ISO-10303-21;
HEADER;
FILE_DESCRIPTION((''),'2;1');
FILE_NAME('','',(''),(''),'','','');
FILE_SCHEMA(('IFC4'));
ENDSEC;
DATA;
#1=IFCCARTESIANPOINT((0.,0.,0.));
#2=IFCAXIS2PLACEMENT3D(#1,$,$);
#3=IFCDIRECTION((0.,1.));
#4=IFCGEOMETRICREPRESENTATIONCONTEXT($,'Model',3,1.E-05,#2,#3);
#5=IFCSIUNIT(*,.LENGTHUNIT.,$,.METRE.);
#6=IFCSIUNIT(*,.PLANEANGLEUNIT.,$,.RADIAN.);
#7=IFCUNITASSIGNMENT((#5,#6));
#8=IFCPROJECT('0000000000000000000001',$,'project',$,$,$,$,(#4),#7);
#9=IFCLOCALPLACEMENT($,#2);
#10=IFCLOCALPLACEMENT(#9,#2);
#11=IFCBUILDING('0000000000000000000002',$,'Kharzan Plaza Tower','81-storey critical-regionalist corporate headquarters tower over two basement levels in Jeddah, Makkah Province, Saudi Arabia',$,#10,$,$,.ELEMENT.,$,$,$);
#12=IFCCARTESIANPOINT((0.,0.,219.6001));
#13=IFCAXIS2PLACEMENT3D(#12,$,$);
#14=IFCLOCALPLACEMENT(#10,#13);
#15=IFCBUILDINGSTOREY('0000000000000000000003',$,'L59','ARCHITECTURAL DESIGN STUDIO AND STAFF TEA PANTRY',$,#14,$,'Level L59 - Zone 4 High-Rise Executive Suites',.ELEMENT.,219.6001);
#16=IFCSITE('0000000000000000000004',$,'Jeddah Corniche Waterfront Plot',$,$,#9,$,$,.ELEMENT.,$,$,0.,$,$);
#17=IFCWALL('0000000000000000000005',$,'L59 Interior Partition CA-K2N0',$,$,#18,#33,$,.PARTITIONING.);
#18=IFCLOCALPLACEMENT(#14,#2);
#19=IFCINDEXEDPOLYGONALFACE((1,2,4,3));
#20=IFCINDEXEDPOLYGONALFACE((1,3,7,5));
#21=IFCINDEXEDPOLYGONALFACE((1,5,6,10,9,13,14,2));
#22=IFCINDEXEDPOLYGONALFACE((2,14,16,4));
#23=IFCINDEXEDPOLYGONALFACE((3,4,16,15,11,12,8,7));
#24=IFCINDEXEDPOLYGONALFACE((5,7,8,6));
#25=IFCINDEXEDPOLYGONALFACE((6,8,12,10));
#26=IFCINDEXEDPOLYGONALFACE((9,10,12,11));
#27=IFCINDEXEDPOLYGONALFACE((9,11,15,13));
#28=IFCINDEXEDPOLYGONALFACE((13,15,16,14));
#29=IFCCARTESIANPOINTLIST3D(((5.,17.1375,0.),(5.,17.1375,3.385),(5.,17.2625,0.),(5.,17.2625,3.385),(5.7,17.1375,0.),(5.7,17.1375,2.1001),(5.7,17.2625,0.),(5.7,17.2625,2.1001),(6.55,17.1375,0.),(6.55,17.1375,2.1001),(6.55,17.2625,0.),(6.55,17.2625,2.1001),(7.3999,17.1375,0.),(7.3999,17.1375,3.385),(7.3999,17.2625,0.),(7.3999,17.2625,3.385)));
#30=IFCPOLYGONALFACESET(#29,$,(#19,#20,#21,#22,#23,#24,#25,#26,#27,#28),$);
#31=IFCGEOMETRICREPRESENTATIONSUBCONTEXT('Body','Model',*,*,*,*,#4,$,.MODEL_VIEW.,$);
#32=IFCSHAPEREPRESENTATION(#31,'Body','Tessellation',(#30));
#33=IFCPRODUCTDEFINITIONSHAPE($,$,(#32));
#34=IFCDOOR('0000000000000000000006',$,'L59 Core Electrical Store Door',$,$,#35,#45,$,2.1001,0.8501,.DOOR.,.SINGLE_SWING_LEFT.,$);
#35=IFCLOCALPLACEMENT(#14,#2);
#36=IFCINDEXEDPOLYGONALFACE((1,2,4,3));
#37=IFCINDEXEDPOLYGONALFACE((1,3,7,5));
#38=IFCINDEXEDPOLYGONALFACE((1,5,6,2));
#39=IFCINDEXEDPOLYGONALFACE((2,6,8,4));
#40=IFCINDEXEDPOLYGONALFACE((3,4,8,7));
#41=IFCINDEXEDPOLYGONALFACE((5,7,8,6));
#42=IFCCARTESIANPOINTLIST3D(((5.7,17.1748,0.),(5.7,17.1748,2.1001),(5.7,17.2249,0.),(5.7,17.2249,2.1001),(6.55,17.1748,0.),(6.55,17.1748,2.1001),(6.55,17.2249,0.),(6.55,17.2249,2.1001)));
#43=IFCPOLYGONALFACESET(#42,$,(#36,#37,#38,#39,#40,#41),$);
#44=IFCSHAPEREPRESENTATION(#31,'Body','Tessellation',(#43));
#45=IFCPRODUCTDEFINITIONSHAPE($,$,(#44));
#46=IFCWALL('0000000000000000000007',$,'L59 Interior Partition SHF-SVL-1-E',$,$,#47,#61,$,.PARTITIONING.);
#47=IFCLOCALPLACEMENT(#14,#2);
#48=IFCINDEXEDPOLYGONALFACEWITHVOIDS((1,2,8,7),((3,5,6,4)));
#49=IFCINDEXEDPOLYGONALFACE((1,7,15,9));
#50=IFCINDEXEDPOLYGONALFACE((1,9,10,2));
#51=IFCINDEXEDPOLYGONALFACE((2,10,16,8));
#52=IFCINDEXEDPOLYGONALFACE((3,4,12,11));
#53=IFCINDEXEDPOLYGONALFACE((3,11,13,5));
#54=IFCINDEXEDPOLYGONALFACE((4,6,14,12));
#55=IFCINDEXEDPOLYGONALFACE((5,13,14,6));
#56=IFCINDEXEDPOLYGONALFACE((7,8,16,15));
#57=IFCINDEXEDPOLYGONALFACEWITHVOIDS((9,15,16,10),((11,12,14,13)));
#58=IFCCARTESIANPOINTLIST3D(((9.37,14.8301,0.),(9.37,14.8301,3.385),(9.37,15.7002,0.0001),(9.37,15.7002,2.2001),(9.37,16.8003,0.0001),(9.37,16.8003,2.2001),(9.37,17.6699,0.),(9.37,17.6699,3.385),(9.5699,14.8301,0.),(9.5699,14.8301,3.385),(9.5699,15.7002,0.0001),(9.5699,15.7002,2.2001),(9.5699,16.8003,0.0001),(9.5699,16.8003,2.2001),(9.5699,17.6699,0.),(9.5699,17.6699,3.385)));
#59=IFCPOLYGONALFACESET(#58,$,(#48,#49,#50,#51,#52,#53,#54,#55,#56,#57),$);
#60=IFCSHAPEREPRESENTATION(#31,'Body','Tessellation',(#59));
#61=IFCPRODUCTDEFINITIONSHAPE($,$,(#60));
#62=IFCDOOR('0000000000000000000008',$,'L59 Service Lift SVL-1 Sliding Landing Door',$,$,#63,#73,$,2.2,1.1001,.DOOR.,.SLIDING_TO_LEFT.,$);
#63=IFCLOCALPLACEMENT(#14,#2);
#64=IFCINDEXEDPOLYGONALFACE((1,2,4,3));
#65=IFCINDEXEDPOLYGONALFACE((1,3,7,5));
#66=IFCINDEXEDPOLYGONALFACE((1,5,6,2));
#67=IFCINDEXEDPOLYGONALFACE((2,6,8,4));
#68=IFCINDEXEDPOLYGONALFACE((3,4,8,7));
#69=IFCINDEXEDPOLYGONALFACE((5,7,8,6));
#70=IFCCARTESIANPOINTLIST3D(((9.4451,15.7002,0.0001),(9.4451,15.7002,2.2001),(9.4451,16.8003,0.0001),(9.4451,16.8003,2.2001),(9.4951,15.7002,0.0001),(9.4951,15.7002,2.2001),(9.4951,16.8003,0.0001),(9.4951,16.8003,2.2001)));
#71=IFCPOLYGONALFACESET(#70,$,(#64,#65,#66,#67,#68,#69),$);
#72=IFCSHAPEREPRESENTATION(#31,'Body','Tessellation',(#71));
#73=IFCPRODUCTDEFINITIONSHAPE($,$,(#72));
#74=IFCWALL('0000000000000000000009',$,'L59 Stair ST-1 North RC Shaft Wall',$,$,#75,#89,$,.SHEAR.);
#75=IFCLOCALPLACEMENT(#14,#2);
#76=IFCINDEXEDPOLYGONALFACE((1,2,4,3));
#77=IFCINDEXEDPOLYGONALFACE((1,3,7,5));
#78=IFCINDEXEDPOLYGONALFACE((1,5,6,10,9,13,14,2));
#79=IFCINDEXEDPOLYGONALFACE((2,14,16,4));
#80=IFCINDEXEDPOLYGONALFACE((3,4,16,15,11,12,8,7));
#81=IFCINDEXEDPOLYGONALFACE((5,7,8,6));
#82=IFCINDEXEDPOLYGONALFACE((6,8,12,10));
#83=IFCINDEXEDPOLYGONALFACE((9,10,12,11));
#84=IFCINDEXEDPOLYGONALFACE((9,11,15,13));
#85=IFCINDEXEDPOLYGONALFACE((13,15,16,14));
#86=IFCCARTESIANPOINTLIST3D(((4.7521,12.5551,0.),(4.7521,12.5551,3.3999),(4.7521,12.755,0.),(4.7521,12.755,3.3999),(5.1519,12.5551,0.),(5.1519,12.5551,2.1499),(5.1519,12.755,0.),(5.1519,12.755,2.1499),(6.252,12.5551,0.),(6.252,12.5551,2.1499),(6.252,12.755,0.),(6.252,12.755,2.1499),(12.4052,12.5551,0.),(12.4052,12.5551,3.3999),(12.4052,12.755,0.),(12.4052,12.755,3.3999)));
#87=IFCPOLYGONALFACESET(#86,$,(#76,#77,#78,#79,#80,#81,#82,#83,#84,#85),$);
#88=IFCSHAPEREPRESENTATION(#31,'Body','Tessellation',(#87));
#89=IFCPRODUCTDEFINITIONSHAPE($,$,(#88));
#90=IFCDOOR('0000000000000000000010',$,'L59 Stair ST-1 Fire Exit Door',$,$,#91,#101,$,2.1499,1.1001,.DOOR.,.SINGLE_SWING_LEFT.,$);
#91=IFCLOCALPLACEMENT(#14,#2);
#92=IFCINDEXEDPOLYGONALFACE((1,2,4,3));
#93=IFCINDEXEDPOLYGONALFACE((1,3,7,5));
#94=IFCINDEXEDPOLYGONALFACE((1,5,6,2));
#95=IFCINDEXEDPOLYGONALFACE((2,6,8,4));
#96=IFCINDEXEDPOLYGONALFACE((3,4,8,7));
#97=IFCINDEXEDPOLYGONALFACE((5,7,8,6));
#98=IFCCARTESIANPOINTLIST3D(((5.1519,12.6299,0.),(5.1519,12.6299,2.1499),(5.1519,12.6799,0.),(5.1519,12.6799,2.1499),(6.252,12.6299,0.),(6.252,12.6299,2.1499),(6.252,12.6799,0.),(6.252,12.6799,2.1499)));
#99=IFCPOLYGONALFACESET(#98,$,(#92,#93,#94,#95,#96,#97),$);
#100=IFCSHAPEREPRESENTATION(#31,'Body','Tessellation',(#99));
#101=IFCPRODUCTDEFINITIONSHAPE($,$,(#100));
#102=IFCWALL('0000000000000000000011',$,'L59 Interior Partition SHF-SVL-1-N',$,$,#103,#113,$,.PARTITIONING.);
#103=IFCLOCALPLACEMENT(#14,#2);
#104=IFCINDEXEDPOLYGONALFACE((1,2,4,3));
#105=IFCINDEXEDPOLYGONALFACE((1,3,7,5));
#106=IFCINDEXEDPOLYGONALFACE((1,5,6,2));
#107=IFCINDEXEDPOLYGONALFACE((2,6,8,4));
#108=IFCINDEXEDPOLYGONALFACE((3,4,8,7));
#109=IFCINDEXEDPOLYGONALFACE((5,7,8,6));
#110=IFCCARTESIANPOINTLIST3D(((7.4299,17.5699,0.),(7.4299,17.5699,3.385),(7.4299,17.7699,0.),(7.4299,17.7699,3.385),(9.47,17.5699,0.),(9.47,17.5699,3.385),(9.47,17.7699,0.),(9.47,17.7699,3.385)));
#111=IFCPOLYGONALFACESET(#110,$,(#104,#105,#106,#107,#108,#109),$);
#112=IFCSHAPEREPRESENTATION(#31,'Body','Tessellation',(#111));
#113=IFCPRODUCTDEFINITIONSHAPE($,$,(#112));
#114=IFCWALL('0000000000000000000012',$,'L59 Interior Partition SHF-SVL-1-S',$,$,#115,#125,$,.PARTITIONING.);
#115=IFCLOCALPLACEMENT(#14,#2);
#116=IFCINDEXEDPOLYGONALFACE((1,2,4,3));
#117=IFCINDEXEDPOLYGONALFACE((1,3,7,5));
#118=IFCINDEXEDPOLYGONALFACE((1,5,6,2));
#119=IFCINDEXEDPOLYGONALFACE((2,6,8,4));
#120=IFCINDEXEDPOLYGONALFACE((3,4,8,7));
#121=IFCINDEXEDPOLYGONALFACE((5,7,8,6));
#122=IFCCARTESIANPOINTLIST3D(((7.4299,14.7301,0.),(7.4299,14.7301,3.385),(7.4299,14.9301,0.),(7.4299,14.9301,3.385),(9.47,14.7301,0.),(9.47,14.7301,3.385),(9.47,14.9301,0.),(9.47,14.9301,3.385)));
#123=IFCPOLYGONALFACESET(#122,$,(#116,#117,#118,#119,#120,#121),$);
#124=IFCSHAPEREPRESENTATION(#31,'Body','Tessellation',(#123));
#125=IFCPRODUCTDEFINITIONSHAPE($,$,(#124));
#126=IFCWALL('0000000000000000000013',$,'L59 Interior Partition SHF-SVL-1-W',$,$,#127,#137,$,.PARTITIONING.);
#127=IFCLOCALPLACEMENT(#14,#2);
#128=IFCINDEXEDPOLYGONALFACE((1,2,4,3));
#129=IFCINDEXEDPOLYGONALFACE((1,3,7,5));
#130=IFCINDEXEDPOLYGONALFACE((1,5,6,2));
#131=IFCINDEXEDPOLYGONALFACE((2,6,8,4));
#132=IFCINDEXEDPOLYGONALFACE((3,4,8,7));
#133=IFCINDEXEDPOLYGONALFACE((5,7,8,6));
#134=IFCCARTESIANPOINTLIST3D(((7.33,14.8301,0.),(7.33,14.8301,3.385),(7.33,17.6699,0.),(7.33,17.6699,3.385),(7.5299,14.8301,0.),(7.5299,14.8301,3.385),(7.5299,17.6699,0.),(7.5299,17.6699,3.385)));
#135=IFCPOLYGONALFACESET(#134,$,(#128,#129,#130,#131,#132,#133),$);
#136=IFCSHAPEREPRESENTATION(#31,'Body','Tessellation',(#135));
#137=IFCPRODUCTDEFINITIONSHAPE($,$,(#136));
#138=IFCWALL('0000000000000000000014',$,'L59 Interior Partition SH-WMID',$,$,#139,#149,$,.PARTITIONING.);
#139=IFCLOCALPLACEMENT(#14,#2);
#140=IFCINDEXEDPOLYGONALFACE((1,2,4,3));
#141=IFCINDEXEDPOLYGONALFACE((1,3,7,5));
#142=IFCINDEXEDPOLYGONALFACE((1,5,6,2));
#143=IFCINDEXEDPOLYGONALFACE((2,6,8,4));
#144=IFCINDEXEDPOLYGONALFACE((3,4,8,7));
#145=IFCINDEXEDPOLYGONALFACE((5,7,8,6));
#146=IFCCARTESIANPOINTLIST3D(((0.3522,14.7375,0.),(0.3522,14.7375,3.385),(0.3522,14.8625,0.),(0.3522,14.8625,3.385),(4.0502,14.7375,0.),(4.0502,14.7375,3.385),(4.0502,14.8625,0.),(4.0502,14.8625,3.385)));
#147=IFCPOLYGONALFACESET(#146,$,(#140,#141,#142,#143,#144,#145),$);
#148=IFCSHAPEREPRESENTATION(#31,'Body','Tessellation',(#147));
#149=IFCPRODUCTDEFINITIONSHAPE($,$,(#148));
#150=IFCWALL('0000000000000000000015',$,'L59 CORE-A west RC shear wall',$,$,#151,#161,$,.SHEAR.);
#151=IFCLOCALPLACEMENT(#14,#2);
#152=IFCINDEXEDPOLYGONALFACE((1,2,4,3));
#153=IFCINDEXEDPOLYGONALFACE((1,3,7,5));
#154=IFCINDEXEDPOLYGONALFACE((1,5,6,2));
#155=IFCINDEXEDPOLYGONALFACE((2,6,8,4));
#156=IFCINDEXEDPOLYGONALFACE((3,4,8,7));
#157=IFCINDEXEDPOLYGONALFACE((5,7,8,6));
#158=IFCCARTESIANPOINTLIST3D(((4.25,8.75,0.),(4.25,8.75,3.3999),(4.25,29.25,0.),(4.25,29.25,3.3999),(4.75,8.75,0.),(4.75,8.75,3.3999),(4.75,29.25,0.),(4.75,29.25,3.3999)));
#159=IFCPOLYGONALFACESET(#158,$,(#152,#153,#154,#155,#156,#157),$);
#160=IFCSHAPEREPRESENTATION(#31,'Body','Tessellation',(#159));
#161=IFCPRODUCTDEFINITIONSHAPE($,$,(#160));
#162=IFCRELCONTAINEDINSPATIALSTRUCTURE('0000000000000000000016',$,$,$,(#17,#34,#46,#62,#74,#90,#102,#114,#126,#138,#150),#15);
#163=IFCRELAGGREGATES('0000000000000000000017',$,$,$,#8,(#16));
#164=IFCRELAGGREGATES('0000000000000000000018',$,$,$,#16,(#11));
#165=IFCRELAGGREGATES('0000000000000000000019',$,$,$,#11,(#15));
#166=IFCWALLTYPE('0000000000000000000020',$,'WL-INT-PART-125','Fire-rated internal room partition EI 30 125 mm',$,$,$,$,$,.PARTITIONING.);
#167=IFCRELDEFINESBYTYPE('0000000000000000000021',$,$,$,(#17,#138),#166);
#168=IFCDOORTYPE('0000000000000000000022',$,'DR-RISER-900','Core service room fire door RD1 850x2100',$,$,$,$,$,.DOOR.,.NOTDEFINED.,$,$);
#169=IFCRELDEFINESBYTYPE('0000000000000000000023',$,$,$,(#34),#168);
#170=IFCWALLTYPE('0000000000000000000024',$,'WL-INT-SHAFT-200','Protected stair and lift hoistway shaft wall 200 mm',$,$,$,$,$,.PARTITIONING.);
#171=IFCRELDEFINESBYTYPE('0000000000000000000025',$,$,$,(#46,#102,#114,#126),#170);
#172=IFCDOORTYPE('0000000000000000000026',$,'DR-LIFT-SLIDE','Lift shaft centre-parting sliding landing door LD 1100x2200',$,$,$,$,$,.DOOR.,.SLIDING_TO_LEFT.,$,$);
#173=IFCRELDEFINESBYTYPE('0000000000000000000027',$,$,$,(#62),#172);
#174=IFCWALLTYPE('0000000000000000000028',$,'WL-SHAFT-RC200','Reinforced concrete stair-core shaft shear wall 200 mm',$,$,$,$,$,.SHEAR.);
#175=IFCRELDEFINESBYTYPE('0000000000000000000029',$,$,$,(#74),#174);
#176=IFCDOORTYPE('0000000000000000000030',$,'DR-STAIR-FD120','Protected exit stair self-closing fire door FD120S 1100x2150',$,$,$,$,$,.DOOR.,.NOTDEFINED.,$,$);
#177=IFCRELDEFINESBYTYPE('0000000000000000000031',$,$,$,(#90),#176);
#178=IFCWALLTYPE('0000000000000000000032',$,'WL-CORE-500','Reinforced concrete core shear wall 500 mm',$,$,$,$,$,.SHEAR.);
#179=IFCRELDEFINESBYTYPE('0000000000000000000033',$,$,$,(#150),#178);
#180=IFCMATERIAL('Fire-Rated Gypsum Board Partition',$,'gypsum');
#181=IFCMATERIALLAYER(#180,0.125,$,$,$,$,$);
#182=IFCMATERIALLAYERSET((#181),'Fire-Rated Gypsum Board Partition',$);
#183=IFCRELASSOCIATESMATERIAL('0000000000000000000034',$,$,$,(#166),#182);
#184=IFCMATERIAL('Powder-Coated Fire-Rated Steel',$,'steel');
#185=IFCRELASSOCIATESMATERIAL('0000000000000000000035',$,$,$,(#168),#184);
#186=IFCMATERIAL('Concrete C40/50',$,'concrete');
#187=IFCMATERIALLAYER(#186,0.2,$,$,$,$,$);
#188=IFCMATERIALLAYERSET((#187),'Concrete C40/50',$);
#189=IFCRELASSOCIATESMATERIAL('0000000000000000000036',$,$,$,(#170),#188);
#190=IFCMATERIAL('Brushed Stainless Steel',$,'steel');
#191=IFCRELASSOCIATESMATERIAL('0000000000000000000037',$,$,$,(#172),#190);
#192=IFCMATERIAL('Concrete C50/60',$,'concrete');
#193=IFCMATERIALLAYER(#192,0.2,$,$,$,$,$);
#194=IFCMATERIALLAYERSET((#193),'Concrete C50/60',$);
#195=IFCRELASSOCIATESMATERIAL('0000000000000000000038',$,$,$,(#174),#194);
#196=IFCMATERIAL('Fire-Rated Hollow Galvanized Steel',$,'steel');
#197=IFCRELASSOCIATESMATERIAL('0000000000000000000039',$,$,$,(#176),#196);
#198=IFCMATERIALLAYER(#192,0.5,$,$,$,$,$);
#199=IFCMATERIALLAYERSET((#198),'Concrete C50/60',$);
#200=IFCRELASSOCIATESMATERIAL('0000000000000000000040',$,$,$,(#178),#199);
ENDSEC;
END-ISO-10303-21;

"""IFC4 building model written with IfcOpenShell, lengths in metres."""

from ifc_helpers import new_model, si_unit, direction, frame, frame_2d, origin, place, context, subcontext, project, spatial, rectangle, extrude, source, transform, mapped, material, layer, layer_set, type_object, element, fill, save


model = new_model("IFC4")

# Units and contexts
model_context = context("Model", 3, precision=1e-05, world=origin(), true_north=direction((0.0, 1.0)))
body_context = subcontext(model_context, "Body", "Model", "MODEL_VIEW")
ifc_project = project(units=[si_unit("LENGTHUNIT", "METRE"), si_unit("PLANEANGLEUNIT", "RADIAN")], contexts=[model_context])

# Site, building, storey
site_placement = place(None, origin())
site = spatial("IfcSite", under=ifc_project, at=site_placement, Name="Jeddah Corniche Waterfront Plot", CompositionType="ELEMENT", RefElevation=0.0)
building_placement = place(site_placement, origin())
building = spatial("IfcBuilding", under=site, at=building_placement, Name="Kharzan Plaza Tower", Description="81-storey critical-regionalist corporate headquarters tower over two basement levels in Jeddah, Makkah Province, Saudi Arabia", CompositionType="ELEMENT")
storey_placement = place(building_placement, frame((0.0, 0.0, 219.6001)))
storey = spatial("IfcBuildingStorey", under=building, at=storey_placement, Name="L59", Description="ARCHITECTURAL DESIGN STUDIO AND STAFF TEA PANTRY", LongName="Level L59 - Zone 4 High-Rise Executive Suites", CompositionType="ELEMENT", Elevation=219.6001)

# Shared definitions
ifc_material_1 = material(Name="Concrete C50/60", Category="concrete")

# Shared definitions
ifc_material_2 = material(Name="Concrete C40/50", Category="concrete")

# Walls, openings, doors
ifc_material_3 = material(Name="Fire-Rated Gypsum Board Partition", Category="gypsum")
ifc_layer_1 = layer(ifc_material_3, 0.125)
ifc_layer_set_1 = layer_set([ifc_layer_1], Name="Fire-Rated Gypsum Board Partition")
wall_type_1 = type_object("IfcWallType", Name="WL-INT-PART-125", Description="Fire-rated internal room partition EI 30 125 mm", PredefinedType="PARTITIONING", material=ifc_layer_set_1)
wall_1_placement = place(storey_placement, frame((5.0, 17.2, 0.0), z_axis=(0.0, 0.0, 1.0), x_axis=(1.0, 0.0, 0.0)))
wall_1 = element("IfcWall", 1, at=wall_1_placement, inside=storey, type_object=wall_type_1, Name="L59 Interior Partition CA-K2N0", PredefinedType="PARTITIONING", context=body_context, shape_type="SweptSolid", body=[
    extrude(rectangle(XDim=2.3999, YDim=0.125, at=frame_2d((1.2, 0.0))), origin(), (0.0, 0.0, 1.0), 3.385),
])
opening_1_placement = place(wall_1_placement, frame((0.7, 0.0, 0.0)))
opening_1 = element("IfcOpeningElement", 2, at=opening_1_placement, cuts=wall_1, PredefinedType="OPENING", context=body_context, shape_type="SweptSolid", body=[
    extrude(rectangle(XDim=0.8501, YDim=2.1001, at=frame_2d((0.425, 1.05))), frame((0.0, 0.0725, 0.0), z_axis=(0.0, -1.0, 0.0), x_axis=(1.0, 0.0, 0.0)), (0.0, 0.0, 1.0), 0.145),
])
ifc_material_4 = material(Name="Powder-Coated Fire-Rated Steel", Category="steel")
door_type_1 = type_object("IfcDoorType", Name="DR-RISER-900", Description="Core service room fire door RD1 850x2100", OperationType="NOTDEFINED", PredefinedType="DOOR", material=ifc_material_4)
shared_shape_1 = source(origin(), body_context, "Body", "SweptSolid", [
    extrude(rectangle(XDim=0.8501, YDim=2.1001, at=frame_2d((0.425, 1.05))), frame((0.0, 0.0249, 0.0), z_axis=(0.0, -1.0, 0.0), x_axis=(1.0, 0.0, 0.0)), (0.0, 0.0, 1.0), 0.05),
])
door_1_placement = place(opening_1_placement, origin())
door_1 = element("IfcDoor", 3, at=door_1_placement, inside=storey, type_object=door_type_1, Name="L59 Core Electrical Store Door", OperationType="SINGLE_SWING_LEFT", OverallHeight=2.1001, OverallWidth=0.8501, PredefinedType="DOOR", context=body_context, shape_type="MappedRepresentation", body=[
    mapped(shared_shape_1, transform((0.0, 0.0, 0.0), x_axis=(1.0, 0.0, 0.0), y_axis=(0.0, 1.0, 0.0), z_axis=(0.0, 0.0, 1.0))),
])
fill(opening_1, door_1)
ifc_layer_2 = layer(ifc_material_2, 0.2)
ifc_layer_set_2 = layer_set([ifc_layer_2], Name="Concrete C40/50")
wall_type_2 = type_object("IfcWallType", Name="WL-INT-SHAFT-200", Description="Protected stair and lift hoistway shaft wall 200 mm", PredefinedType="PARTITIONING", material=ifc_layer_set_2)
wall_2_placement = place(storey_placement, frame((9.47, 14.8301, 0.0), z_axis=(0.0, 0.0, 1.0), x_axis=(0.0, 1.0, 0.0)))
wall_2 = element("IfcWall", 4, at=wall_2_placement, inside=storey, type_object=wall_type_2, Name="L59 Interior Partition SHF-SVL-1-E", PredefinedType="PARTITIONING", context=body_context, shape_type="SweptSolid", body=[
    extrude(rectangle(XDim=2.8398, YDim=0.2, at=frame_2d((1.4199, 0.0))), origin(), (0.0, 0.0, 1.0), 3.385),
])
opening_2_placement = place(wall_2_placement, frame((0.8701, 0.0, 0.0)))
opening_2 = element("IfcOpeningElement", 5, at=opening_2_placement, cuts=wall_2, PredefinedType="OPENING", context=body_context, shape_type="SweptSolid", body=[
    extrude(rectangle(XDim=1.1001, YDim=2.2, at=frame_2d((0.55, 1.1001))), frame((0.0, 0.1099, 0.0), z_axis=(0.0, -1.0, 0.0), x_axis=(1.0, 0.0, 0.0)), (0.0, 0.0, 1.0), 0.22),
])
ifc_material_5 = material(Name="Brushed Stainless Steel", Category="steel")
door_type_2 = type_object("IfcDoorType", Name="DR-LIFT-SLIDE", Description="Lift shaft centre-parting sliding landing door LD 1100x2200", OperationType="SLIDING_TO_LEFT", PredefinedType="DOOR", material=ifc_material_5)
shared_shape_2 = source(origin(), body_context, "Body", "SweptSolid", [
    extrude(rectangle(XDim=1.1001, YDim=2.2, at=frame_2d((0.55, 1.1001))), frame((0.0, 0.0249, 0.0), z_axis=(0.0, -1.0, 0.0), x_axis=(1.0, 0.0, 0.0)), (0.0, 0.0, 1.0), 0.05),
])
door_2_placement = place(opening_2_placement, origin())
door_2 = element("IfcDoor", 6, at=door_2_placement, inside=storey, type_object=door_type_2, Name="L59 Service Lift SVL-1 Sliding Landing Door", OperationType="SLIDING_TO_LEFT", OverallHeight=2.2, OverallWidth=1.1001, PredefinedType="DOOR", context=body_context, shape_type="MappedRepresentation", body=[
    mapped(shared_shape_2, transform((0.0, 0.0, 0.0), x_axis=(1.0, 0.0, 0.0), y_axis=(0.0, 1.0, 0.0), z_axis=(0.0, 0.0, 1.0))),
])
fill(opening_2, door_2)
ifc_layer_3 = layer(ifc_material_1, 0.2)
ifc_layer_set_3 = layer_set([ifc_layer_3], Name="Concrete C50/60")
wall_type_3 = type_object("IfcWallType", Name="WL-SHAFT-RC200", Description="Reinforced concrete stair-core shaft shear wall 200 mm", PredefinedType="SHEAR", material=ifc_layer_set_3)
wall_3_placement = place(storey_placement, frame((4.752, 12.655, 0.0), z_axis=(0.0, 0.0, 1.0), x_axis=(1.0, 0.0, 0.0)))
wall_3 = element("IfcWall", 7, at=wall_3_placement, inside=storey, type_object=wall_type_3, Name="L59 Stair ST-1 North RC Shaft Wall", PredefinedType="SHEAR", context=body_context, shape_type="SweptSolid", body=[
    extrude(rectangle(XDim=7.6531, YDim=0.2, at=frame_2d((3.8267, 0.0))), origin(), (0.0, 0.0, 1.0), 3.3999),
])
opening_3_placement = place(wall_3_placement, frame((0.3999, 0.0, 0.0)))
opening_3 = element("IfcOpeningElement", 8, at=opening_3_placement, cuts=wall_3, PredefinedType="OPENING", context=body_context, shape_type="SweptSolid", body=[
    extrude(rectangle(XDim=1.1001, YDim=2.1499, at=frame_2d((0.55, 1.075))), frame((0.0, 0.1099, 0.0), z_axis=(0.0, -1.0, 0.0), x_axis=(1.0, 0.0, 0.0)), (0.0, 0.0, 1.0), 0.22),
])
ifc_material_6 = material(Name="Fire-Rated Hollow Galvanized Steel", Category="steel")
door_type_3 = type_object("IfcDoorType", Name="DR-STAIR-FD120", Description="Protected exit stair self-closing fire door FD120S 1100x2150", OperationType="NOTDEFINED", PredefinedType="DOOR", material=ifc_material_6)
shared_shape_3 = source(origin(), body_context, "Body", "SweptSolid", [
    extrude(rectangle(XDim=1.1001, YDim=2.1499, at=frame_2d((0.55, 1.075))), frame((0.0, 0.0249, 0.0), z_axis=(0.0, -1.0, 0.0), x_axis=(1.0, 0.0, 0.0)), (0.0, 0.0, 1.0), 0.05),
])
door_3_placement = place(opening_3_placement, origin())
door_3 = element("IfcDoor", 9, at=door_3_placement, inside=storey, type_object=door_type_3, Name="L59 Stair ST-1 Fire Exit Door", OperationType="SINGLE_SWING_LEFT", OverallHeight=2.1499, OverallWidth=1.1001, PredefinedType="DOOR", context=body_context, shape_type="MappedRepresentation", body=[
    mapped(shared_shape_3, transform((0.0, 0.0, 0.0), x_axis=(1.0, 0.0, 0.0), y_axis=(0.0, 1.0, 0.0), z_axis=(0.0, 0.0, 1.0))),
])
fill(opening_3, door_3)

# Walls
shared_shape_4 = source(origin(), body_context, "Body", "SweptSolid", [
    extrude(rectangle(XDim=2.04, YDim=0.2, at=frame_2d((1.02, 0.0))), origin(), (0.0, 0.0, 1.0), 3.385),
])
for number, where, z_axis, x_axis, name in (
    (10, (7.4299, 17.6699, 0.0), (0.0, 0.0, 1.0), (1.0, 0.0, 0.0), "L59 Interior Partition SHF-SVL-1-N"),
    (11, (7.4299, 14.8301, 0.0), (0.0, 0.0, 1.0), (1.0, 0.0, 0.0), "L59 Interior Partition SHF-SVL-1-S"),
):
    element("IfcWall", number, at=place(storey_placement, frame(where, z_axis=z_axis, x_axis=x_axis)), inside=storey, type_object=wall_type_2, Name=name, PredefinedType="PARTITIONING", context=body_context, shape_type="MappedRepresentation", body=[
        mapped(shared_shape_4, transform((0.0, 0.0, 0.0), x_axis=(1.0, 0.0, 0.0), y_axis=(0.0, 1.0, 0.0), z_axis=(0.0, 0.0, 1.0))),
    ])
shared_shape_5 = source(origin(), body_context, "Body", "SweptSolid", [
    extrude(rectangle(XDim=2.8398, YDim=0.2, at=frame_2d((1.4199, 0.0))), origin(), (0.0, 0.0, 1.0), 3.385),
])
wall_4_placement = place(storey_placement, frame((7.4299, 14.8301, 0.0), z_axis=(0.0, 0.0, 1.0), x_axis=(0.0, 1.0, 0.0)))
element("IfcWall", 12, at=wall_4_placement, inside=storey, type_object=wall_type_2, Name="L59 Interior Partition SHF-SVL-1-W", PredefinedType="PARTITIONING", context=body_context, shape_type="MappedRepresentation", body=[
    mapped(shared_shape_5, transform((0.0, 0.0, 0.0), x_axis=(1.0, 0.0, 0.0), y_axis=(0.0, 1.0, 0.0), z_axis=(0.0, 0.0, 1.0))),
])
shared_shape_6 = source(origin(), body_context, "Body", "SweptSolid", [
    extrude(rectangle(XDim=3.698, YDim=0.125, at=frame_2d((1.8491, 0.0))), origin(), (0.0, 0.0, 1.0), 3.385),
])
wall_5_placement = place(storey_placement, frame((0.3521, 14.8, 0.0), z_axis=(0.0, 0.0, 1.0), x_axis=(1.0, 0.0, 0.0)))
element("IfcWall", 13, at=wall_5_placement, inside=storey, type_object=wall_type_1, Name="L59 Interior Partition SH-WMID", PredefinedType="PARTITIONING", context=body_context, shape_type="MappedRepresentation", body=[
    mapped(shared_shape_6, transform((0.0, 0.0, 0.0), x_axis=(1.0, 0.0, 0.0), y_axis=(0.0, 1.0, 0.0), z_axis=(0.0, 0.0, 1.0))),
])
ifc_layer_4 = layer(ifc_material_1, 0.5)
ifc_layer_set_4 = layer_set([ifc_layer_4], Name="Concrete C50/60")
wall_type_4 = type_object("IfcWallType", Name="WL-CORE-500", Description="Reinforced concrete core shear wall 500 mm", PredefinedType="SHEAR", material=ifc_layer_set_4)
shared_shape_7 = source(origin(), body_context, "Body", "SweptSolid", [
    extrude(rectangle(XDim=20.5, YDim=0.5, at=frame_2d((10.25, 0.0))), origin(), (0.0, 0.0, 1.0), 3.3999),
])
wall_6_placement = place(storey_placement, frame((4.5, 8.75, 0.0), z_axis=(0.0, 0.0, 1.0), x_axis=(0.0, 1.0, 0.0)))
element("IfcWall", 14, at=wall_6_placement, inside=storey, type_object=wall_type_4, Name="L59 CORE-A west RC shear wall", PredefinedType="SHEAR", context=body_context, shape_type="MappedRepresentation", body=[
    mapped(shared_shape_7, transform((0.0, 0.0, 0.0), x_axis=(1.0, 0.0, 0.0), y_axis=(0.0, 1.0, 0.0), z_axis=(0.0, 0.0, 1.0))),
])

save(model, "model.ifc")
